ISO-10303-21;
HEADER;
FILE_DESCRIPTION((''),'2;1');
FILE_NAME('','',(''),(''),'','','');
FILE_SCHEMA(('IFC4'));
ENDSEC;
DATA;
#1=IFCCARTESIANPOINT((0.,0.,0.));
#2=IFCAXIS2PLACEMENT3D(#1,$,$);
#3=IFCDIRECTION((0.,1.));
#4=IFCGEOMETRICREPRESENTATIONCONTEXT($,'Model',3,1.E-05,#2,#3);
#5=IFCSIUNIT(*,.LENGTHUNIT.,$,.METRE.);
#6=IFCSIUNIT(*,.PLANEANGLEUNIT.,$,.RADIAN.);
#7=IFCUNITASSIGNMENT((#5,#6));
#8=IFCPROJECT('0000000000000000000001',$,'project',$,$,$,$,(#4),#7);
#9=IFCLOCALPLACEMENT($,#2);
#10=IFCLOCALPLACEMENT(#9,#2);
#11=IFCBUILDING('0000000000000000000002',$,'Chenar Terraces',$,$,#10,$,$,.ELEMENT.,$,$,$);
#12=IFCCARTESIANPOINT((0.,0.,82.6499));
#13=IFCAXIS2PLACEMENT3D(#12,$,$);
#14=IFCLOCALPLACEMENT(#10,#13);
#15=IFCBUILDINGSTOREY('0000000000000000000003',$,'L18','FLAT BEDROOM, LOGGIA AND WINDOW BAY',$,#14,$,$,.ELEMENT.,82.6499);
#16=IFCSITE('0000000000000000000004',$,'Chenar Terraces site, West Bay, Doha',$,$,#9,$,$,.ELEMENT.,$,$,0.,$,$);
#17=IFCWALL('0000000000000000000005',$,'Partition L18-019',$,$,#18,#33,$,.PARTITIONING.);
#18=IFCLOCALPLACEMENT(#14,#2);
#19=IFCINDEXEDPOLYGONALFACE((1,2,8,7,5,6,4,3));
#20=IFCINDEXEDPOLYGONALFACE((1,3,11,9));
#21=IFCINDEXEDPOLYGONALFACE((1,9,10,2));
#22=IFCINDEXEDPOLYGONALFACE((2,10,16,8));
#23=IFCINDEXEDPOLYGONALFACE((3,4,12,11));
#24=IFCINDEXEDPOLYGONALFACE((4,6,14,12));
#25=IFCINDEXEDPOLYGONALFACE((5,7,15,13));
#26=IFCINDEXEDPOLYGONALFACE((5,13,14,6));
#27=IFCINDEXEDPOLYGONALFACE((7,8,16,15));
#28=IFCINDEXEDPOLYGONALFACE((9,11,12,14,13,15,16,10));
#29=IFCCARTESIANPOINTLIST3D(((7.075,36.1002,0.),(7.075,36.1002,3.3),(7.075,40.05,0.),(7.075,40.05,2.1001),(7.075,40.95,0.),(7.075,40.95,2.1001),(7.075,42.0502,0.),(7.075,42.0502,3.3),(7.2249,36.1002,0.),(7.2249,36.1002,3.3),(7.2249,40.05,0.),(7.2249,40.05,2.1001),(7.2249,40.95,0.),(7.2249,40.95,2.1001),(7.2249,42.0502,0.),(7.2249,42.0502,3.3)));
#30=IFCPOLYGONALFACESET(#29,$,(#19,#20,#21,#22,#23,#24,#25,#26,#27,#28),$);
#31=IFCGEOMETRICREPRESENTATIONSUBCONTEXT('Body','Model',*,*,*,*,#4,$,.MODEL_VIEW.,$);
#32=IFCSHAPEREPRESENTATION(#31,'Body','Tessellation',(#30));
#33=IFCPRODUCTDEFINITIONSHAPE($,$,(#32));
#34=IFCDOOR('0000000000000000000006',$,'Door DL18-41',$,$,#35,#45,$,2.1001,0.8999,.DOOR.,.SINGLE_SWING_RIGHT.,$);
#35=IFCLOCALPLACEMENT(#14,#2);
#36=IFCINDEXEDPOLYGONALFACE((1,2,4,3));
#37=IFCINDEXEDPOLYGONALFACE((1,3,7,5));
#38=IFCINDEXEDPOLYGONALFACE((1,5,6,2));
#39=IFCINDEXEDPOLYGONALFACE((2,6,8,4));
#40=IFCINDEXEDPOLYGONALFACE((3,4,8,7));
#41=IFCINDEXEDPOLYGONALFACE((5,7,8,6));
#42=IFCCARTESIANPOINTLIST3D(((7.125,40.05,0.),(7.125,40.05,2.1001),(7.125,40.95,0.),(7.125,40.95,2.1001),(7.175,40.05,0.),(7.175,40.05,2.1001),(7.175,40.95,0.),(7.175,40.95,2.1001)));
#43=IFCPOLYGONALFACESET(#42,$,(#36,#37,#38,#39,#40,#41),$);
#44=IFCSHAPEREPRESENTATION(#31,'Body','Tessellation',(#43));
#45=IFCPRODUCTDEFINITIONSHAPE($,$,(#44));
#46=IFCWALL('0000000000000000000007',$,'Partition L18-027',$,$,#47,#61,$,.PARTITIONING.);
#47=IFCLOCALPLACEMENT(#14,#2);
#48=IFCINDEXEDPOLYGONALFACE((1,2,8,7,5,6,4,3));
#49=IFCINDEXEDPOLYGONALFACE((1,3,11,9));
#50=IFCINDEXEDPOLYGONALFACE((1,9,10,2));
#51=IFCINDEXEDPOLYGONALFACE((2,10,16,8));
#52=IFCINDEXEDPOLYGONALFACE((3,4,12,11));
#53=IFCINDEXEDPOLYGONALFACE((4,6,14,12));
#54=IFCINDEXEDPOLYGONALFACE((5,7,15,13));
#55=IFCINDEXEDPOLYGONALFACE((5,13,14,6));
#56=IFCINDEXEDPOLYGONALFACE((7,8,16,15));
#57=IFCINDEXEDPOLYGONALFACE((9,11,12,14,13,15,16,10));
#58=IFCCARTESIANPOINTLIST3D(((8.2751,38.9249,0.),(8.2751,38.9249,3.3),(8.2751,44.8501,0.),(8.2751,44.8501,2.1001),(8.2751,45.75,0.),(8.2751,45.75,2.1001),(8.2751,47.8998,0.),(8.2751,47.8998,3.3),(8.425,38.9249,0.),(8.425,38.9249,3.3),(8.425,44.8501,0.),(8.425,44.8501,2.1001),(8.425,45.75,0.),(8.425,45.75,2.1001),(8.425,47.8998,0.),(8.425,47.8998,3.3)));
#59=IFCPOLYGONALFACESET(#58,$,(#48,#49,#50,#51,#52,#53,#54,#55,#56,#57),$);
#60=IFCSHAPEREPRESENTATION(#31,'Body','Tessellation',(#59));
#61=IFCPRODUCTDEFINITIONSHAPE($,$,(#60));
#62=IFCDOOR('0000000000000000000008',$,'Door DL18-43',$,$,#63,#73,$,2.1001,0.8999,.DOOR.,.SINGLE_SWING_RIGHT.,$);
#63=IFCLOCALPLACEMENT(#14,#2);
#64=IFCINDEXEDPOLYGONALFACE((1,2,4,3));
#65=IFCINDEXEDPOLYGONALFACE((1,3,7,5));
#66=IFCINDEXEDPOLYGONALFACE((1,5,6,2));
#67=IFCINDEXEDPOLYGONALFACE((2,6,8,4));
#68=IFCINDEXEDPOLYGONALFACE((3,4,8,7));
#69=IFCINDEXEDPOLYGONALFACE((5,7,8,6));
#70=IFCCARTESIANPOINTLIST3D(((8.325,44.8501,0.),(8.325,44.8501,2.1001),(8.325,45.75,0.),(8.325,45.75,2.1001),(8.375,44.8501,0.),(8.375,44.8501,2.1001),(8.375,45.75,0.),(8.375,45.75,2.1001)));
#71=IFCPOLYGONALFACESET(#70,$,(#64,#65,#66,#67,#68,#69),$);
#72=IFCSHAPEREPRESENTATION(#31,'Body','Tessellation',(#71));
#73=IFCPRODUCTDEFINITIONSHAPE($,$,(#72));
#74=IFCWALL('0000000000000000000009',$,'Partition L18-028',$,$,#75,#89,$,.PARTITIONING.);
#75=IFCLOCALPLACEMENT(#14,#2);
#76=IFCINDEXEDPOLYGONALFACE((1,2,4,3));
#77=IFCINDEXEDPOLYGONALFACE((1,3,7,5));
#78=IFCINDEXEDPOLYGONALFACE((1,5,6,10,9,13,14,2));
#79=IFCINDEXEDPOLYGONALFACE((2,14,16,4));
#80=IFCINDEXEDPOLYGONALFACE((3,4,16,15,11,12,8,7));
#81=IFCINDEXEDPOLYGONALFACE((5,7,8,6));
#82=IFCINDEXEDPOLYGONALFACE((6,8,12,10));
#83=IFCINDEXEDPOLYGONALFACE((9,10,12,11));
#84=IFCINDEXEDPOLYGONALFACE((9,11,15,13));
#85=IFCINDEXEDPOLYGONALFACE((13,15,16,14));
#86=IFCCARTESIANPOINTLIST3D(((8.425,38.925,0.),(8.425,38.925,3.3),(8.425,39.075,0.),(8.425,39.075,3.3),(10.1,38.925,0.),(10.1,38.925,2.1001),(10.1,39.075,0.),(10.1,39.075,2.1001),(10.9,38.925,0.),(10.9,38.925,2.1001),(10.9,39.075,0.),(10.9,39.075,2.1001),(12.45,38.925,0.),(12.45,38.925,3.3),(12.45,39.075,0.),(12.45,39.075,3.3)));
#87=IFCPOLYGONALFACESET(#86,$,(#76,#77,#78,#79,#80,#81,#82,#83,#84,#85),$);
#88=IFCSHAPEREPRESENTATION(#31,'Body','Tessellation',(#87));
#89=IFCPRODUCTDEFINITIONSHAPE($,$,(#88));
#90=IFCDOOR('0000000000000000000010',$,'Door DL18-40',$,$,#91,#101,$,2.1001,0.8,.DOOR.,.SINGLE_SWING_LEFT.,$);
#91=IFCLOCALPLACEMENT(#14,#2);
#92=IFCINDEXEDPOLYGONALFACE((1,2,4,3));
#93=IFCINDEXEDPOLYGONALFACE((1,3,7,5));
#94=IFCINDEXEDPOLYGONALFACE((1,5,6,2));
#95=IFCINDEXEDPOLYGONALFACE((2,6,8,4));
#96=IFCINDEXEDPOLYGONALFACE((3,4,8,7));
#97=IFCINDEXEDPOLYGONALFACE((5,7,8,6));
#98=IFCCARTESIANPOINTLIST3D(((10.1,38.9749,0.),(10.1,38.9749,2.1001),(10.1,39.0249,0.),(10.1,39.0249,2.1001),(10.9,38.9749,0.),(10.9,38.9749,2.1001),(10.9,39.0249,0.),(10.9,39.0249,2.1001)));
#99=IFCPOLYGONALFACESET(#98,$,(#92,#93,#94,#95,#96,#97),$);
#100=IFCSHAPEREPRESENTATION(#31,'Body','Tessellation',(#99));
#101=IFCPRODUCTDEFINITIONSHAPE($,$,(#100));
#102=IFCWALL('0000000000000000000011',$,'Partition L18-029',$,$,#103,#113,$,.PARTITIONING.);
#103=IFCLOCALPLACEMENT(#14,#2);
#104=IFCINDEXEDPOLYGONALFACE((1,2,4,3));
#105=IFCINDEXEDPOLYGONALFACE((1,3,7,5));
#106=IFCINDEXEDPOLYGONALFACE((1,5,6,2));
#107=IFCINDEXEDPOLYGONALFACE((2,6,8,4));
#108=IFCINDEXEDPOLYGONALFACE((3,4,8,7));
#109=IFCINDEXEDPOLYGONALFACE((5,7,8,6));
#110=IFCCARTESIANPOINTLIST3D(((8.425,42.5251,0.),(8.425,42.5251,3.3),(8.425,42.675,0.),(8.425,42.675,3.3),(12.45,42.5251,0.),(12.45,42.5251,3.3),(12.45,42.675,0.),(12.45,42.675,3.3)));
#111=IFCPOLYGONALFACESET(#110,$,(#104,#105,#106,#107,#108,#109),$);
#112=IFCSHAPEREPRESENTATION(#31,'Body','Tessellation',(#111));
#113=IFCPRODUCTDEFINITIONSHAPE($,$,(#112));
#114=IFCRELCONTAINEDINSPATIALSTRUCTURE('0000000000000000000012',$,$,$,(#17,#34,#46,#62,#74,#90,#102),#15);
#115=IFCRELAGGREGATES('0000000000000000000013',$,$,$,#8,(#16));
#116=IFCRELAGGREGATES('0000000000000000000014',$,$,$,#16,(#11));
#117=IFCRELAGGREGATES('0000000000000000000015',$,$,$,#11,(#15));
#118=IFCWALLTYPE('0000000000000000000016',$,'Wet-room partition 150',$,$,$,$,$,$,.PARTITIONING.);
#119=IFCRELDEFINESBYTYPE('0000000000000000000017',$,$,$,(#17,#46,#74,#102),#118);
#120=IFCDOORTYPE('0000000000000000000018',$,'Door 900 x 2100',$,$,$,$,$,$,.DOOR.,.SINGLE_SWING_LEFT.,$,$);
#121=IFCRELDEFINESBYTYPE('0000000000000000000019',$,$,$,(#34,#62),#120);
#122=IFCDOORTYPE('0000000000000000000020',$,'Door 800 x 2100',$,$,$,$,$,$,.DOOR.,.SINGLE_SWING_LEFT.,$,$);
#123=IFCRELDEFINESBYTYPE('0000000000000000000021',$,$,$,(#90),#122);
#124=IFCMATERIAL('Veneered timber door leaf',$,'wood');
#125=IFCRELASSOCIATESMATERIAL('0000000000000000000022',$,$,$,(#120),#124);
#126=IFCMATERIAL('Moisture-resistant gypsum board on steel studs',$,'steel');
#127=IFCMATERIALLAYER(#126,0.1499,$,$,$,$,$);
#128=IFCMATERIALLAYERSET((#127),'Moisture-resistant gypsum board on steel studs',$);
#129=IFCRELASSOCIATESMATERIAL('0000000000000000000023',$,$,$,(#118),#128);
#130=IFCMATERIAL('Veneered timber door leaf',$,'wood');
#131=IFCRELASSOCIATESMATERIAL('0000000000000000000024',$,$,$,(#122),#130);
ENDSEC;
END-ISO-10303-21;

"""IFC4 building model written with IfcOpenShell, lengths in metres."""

from ifc_helpers import new_model, si_unit, direction, frame, frame_2d, origin, place, context, subcontext, project, spatial, rectangle, extrude, material, layer, layer_set, type_object, element, fill, save


model = new_model("IFC4")

# Units and contexts
model_context = context("Model", 3, precision=1e-05, world=origin(), true_north=direction((0.0, 1.0)))
body_context = subcontext(model_context, "Body", "Model", "MODEL_VIEW")
ifc_project = project(units=[si_unit("LENGTHUNIT", "METRE"), si_unit("PLANEANGLEUNIT", "RADIAN")], contexts=[model_context])

# Site, building, storey
site_placement = place(None, origin())
site = spatial("IfcSite", under=ifc_project, at=site_placement, Name="Chenar Terraces site, West Bay, Doha", CompositionType="ELEMENT", RefElevation=0.0)
building_placement = place(site_placement, origin())
building = spatial("IfcBuilding", under=site, at=building_placement, Name="Chenar Terraces", CompositionType="ELEMENT")
storey_placement = place(building_placement, frame((0.0, 0.0, 82.6499)))
storey = spatial("IfcBuildingStorey", under=building, at=storey_placement, Name="L18", Description="FLAT BEDROOM, LOGGIA AND WINDOW BAY", CompositionType="ELEMENT", Elevation=82.6499)

# Shared definitions
ifc_material_1 = material(Name="Veneered timber door leaf", Category="wood")
door_type_1 = type_object("IfcDoorType", Name="Door 900 x 2100", OperationType="SINGLE_SWING_LEFT", PredefinedType="DOOR", material=ifc_material_1)

# Shared definitions
ifc_material_2 = material(Name="Moisture-resistant gypsum board on steel studs", Category="steel")
ifc_layer_1 = layer(ifc_material_2, 0.1499)
ifc_layer_set_1 = layer_set([ifc_layer_1], Name="Moisture-resistant gypsum board on steel studs")
wall_type_1 = type_object("IfcWallType", Name="Wet-room partition 150", PredefinedType="PARTITIONING", material=ifc_layer_set_1)

# Walls, openings, doors
ifc_material_3 = material(Name="Veneered timber door leaf", Category="wood")
door_type_2 = type_object("IfcDoorType", Name="Door 800 x 2100", OperationType="SINGLE_SWING_LEFT", PredefinedType="DOOR", material=ifc_material_3)
wall_1_placement = place(storey_placement, frame((7.1499, 36.1001, 0.0), z_axis=(0.0, 0.0, 1.0), x_axis=(0.0, 1.0, 0.0)))
wall_1 = element("IfcWall", 1, at=wall_1_placement, inside=storey, type_object=wall_type_1, Name="Partition L18-019", PredefinedType="PARTITIONING", context=body_context, shape_type="SweptSolid", body=[
    extrude(rectangle(XDim=5.95, YDim=0.1499, at=frame_2d((2.9751, 0.0))), origin(), (0.0, 0.0, 1.0), 3.3),
])
opening_1_placement = place(wall_1_placement, frame((3.95, 0.0, 0.0)))
opening_1 = element("IfcOpeningElement", 2, at=opening_1_placement, cuts=wall_1, PredefinedType="OPENING", context=body_context, shape_type="SweptSolid", body=[
    extrude(rectangle(XDim=0.8999, YDim=2.1001, at=frame_2d((0.45, 1.05))), frame((0.0, 0.085, 0.0), z_axis=(0.0, -1.0, 0.0), x_axis=(1.0, 0.0, 0.0)), (0.0, 0.0, 1.0), 0.1699),
])
door_1_placement = place(opening_1_placement, origin())
door_1 = element("IfcDoor", 3, at=door_1_placement, inside=storey, type_object=door_type_1, Name="Door DL18-41", OperationType="SINGLE_SWING_RIGHT", OverallHeight=2.1001, OverallWidth=0.8999, PredefinedType="DOOR", context=body_context, shape_type="SweptSolid", body=[
    extrude(rectangle(XDim=0.8999, YDim=2.1001, at=frame_2d((0.45, 1.05))), frame((0.0, 0.0249, 0.0), z_axis=(0.0, -1.0, 0.0), x_axis=(1.0, 0.0, 0.0)), (0.0, 0.0, 1.0), 0.05),
])
fill(opening_1, door_1)
wall_2_placement = place(storey_placement, frame((8.3501, 38.925, 0.0), z_axis=(0.0, 0.0, 1.0), x_axis=(0.0, 1.0, 0.0)))
wall_2 = element("IfcWall", 4, at=wall_2_placement, inside=storey, type_object=wall_type_1, Name="Partition L18-027", PredefinedType="PARTITIONING", context=body_context, shape_type="SweptSolid", body=[
    extrude(rectangle(XDim=8.9749, YDim=0.1499, at=frame_2d((4.4873, 0.0))), origin(), (0.0, 0.0, 1.0), 3.3),
])
opening_2_placement = place(wall_2_placement, frame((5.925, 0.0, 0.0)))
opening_2 = element("IfcOpeningElement", 5, at=opening_2_placement, cuts=wall_2, PredefinedType="OPENING", context=body_context, shape_type="SweptSolid", body=[
    extrude(rectangle(XDim=0.8999, YDim=2.1001, at=frame_2d((0.45, 1.05))), frame((0.0, 0.085, 0.0), z_axis=(0.0, -1.0, 0.0), x_axis=(1.0, 0.0, 0.0)), (0.0, 0.0, 1.0), 0.1699),
])
door_2_placement = place(opening_2_placement, frame((0.8999, 0.0, 0.0), z_axis=(0.0, 0.0, 1.0), x_axis=(-1.0, 0.0, 0.0)))
door_2 = element("IfcDoor", 6, at=door_2_placement, inside=storey, type_object=door_type_1, Name="Door DL18-43", OperationType="SINGLE_SWING_RIGHT", OverallHeight=2.1001, OverallWidth=0.8999, PredefinedType="DOOR", context=body_context, shape_type="SweptSolid", body=[
    extrude(rectangle(XDim=0.8999, YDim=2.1001, at=frame_2d((0.45, 1.05))), frame((0.0, 0.0249, 0.0), z_axis=(0.0, -1.0, 0.0), x_axis=(1.0, 0.0, 0.0)), (0.0, 0.0, 1.0), 0.05),
])
fill(opening_2, door_2)
wall_3_placement = place(storey_placement, frame((8.425, 39.0, 0.0), z_axis=(0.0, 0.0, 1.0), x_axis=(1.0, 0.0, 0.0)))
wall_3 = element("IfcWall", 7, at=wall_3_placement, inside=storey, type_object=wall_type_1, Name="Partition L18-028", PredefinedType="PARTITIONING", context=body_context, shape_type="SweptSolid", body=[
    extrude(rectangle(XDim=4.0249, YDim=0.1499, at=frame_2d((2.0125, 0.0))), origin(), (0.0, 0.0, 1.0), 3.3),
])
opening_3_placement = place(wall_3_placement, frame((1.675, 0.0, 0.0)))
opening_3 = element("IfcOpeningElement", 8, at=opening_3_placement, cuts=wall_3, PredefinedType="OPENING", context=body_context, shape_type="SweptSolid", body=[
    extrude(rectangle(XDim=0.8, YDim=2.1001, at=frame_2d((0.3999, 1.05))), frame((0.0, 0.085, 0.0), z_axis=(0.0, -1.0, 0.0), x_axis=(1.0, 0.0, 0.0)), (0.0, 0.0, 1.0), 0.1699),
])
door_3_placement = place(opening_3_placement, origin())
door_3 = element("IfcDoor", 9, at=door_3_placement, inside=storey, type_object=door_type_2, Name="Door DL18-40", OperationType="SINGLE_SWING_LEFT", OverallHeight=2.1001, OverallWidth=0.8, PredefinedType="DOOR", context=body_context, shape_type="SweptSolid", body=[
    extrude(rectangle(XDim=0.8, YDim=2.1001, at=frame_2d((0.3999, 1.05))), frame((0.0, 0.0249, 0.0), z_axis=(0.0, -1.0, 0.0), x_axis=(1.0, 0.0, 0.0)), (0.0, 0.0, 1.0), 0.05),
])
fill(opening_3, door_3)

# Wall
wall_4_placement = place(storey_placement, frame((8.425, 42.6001, 0.0), z_axis=(0.0, 0.0, 1.0), x_axis=(1.0, 0.0, 0.0)))
element("IfcWall", 10, at=wall_4_placement, inside=storey, type_object=wall_type_1, Name="Partition L18-029", PredefinedType="PARTITIONING", context=body_context, shape_type="SweptSolid", body=[
    extrude(rectangle(XDim=4.0249, YDim=0.1499, at=frame_2d((2.0125, 0.0))), origin(), (0.0, 0.0, 1.0), 3.3),
])

save(model, "model.ifc")
